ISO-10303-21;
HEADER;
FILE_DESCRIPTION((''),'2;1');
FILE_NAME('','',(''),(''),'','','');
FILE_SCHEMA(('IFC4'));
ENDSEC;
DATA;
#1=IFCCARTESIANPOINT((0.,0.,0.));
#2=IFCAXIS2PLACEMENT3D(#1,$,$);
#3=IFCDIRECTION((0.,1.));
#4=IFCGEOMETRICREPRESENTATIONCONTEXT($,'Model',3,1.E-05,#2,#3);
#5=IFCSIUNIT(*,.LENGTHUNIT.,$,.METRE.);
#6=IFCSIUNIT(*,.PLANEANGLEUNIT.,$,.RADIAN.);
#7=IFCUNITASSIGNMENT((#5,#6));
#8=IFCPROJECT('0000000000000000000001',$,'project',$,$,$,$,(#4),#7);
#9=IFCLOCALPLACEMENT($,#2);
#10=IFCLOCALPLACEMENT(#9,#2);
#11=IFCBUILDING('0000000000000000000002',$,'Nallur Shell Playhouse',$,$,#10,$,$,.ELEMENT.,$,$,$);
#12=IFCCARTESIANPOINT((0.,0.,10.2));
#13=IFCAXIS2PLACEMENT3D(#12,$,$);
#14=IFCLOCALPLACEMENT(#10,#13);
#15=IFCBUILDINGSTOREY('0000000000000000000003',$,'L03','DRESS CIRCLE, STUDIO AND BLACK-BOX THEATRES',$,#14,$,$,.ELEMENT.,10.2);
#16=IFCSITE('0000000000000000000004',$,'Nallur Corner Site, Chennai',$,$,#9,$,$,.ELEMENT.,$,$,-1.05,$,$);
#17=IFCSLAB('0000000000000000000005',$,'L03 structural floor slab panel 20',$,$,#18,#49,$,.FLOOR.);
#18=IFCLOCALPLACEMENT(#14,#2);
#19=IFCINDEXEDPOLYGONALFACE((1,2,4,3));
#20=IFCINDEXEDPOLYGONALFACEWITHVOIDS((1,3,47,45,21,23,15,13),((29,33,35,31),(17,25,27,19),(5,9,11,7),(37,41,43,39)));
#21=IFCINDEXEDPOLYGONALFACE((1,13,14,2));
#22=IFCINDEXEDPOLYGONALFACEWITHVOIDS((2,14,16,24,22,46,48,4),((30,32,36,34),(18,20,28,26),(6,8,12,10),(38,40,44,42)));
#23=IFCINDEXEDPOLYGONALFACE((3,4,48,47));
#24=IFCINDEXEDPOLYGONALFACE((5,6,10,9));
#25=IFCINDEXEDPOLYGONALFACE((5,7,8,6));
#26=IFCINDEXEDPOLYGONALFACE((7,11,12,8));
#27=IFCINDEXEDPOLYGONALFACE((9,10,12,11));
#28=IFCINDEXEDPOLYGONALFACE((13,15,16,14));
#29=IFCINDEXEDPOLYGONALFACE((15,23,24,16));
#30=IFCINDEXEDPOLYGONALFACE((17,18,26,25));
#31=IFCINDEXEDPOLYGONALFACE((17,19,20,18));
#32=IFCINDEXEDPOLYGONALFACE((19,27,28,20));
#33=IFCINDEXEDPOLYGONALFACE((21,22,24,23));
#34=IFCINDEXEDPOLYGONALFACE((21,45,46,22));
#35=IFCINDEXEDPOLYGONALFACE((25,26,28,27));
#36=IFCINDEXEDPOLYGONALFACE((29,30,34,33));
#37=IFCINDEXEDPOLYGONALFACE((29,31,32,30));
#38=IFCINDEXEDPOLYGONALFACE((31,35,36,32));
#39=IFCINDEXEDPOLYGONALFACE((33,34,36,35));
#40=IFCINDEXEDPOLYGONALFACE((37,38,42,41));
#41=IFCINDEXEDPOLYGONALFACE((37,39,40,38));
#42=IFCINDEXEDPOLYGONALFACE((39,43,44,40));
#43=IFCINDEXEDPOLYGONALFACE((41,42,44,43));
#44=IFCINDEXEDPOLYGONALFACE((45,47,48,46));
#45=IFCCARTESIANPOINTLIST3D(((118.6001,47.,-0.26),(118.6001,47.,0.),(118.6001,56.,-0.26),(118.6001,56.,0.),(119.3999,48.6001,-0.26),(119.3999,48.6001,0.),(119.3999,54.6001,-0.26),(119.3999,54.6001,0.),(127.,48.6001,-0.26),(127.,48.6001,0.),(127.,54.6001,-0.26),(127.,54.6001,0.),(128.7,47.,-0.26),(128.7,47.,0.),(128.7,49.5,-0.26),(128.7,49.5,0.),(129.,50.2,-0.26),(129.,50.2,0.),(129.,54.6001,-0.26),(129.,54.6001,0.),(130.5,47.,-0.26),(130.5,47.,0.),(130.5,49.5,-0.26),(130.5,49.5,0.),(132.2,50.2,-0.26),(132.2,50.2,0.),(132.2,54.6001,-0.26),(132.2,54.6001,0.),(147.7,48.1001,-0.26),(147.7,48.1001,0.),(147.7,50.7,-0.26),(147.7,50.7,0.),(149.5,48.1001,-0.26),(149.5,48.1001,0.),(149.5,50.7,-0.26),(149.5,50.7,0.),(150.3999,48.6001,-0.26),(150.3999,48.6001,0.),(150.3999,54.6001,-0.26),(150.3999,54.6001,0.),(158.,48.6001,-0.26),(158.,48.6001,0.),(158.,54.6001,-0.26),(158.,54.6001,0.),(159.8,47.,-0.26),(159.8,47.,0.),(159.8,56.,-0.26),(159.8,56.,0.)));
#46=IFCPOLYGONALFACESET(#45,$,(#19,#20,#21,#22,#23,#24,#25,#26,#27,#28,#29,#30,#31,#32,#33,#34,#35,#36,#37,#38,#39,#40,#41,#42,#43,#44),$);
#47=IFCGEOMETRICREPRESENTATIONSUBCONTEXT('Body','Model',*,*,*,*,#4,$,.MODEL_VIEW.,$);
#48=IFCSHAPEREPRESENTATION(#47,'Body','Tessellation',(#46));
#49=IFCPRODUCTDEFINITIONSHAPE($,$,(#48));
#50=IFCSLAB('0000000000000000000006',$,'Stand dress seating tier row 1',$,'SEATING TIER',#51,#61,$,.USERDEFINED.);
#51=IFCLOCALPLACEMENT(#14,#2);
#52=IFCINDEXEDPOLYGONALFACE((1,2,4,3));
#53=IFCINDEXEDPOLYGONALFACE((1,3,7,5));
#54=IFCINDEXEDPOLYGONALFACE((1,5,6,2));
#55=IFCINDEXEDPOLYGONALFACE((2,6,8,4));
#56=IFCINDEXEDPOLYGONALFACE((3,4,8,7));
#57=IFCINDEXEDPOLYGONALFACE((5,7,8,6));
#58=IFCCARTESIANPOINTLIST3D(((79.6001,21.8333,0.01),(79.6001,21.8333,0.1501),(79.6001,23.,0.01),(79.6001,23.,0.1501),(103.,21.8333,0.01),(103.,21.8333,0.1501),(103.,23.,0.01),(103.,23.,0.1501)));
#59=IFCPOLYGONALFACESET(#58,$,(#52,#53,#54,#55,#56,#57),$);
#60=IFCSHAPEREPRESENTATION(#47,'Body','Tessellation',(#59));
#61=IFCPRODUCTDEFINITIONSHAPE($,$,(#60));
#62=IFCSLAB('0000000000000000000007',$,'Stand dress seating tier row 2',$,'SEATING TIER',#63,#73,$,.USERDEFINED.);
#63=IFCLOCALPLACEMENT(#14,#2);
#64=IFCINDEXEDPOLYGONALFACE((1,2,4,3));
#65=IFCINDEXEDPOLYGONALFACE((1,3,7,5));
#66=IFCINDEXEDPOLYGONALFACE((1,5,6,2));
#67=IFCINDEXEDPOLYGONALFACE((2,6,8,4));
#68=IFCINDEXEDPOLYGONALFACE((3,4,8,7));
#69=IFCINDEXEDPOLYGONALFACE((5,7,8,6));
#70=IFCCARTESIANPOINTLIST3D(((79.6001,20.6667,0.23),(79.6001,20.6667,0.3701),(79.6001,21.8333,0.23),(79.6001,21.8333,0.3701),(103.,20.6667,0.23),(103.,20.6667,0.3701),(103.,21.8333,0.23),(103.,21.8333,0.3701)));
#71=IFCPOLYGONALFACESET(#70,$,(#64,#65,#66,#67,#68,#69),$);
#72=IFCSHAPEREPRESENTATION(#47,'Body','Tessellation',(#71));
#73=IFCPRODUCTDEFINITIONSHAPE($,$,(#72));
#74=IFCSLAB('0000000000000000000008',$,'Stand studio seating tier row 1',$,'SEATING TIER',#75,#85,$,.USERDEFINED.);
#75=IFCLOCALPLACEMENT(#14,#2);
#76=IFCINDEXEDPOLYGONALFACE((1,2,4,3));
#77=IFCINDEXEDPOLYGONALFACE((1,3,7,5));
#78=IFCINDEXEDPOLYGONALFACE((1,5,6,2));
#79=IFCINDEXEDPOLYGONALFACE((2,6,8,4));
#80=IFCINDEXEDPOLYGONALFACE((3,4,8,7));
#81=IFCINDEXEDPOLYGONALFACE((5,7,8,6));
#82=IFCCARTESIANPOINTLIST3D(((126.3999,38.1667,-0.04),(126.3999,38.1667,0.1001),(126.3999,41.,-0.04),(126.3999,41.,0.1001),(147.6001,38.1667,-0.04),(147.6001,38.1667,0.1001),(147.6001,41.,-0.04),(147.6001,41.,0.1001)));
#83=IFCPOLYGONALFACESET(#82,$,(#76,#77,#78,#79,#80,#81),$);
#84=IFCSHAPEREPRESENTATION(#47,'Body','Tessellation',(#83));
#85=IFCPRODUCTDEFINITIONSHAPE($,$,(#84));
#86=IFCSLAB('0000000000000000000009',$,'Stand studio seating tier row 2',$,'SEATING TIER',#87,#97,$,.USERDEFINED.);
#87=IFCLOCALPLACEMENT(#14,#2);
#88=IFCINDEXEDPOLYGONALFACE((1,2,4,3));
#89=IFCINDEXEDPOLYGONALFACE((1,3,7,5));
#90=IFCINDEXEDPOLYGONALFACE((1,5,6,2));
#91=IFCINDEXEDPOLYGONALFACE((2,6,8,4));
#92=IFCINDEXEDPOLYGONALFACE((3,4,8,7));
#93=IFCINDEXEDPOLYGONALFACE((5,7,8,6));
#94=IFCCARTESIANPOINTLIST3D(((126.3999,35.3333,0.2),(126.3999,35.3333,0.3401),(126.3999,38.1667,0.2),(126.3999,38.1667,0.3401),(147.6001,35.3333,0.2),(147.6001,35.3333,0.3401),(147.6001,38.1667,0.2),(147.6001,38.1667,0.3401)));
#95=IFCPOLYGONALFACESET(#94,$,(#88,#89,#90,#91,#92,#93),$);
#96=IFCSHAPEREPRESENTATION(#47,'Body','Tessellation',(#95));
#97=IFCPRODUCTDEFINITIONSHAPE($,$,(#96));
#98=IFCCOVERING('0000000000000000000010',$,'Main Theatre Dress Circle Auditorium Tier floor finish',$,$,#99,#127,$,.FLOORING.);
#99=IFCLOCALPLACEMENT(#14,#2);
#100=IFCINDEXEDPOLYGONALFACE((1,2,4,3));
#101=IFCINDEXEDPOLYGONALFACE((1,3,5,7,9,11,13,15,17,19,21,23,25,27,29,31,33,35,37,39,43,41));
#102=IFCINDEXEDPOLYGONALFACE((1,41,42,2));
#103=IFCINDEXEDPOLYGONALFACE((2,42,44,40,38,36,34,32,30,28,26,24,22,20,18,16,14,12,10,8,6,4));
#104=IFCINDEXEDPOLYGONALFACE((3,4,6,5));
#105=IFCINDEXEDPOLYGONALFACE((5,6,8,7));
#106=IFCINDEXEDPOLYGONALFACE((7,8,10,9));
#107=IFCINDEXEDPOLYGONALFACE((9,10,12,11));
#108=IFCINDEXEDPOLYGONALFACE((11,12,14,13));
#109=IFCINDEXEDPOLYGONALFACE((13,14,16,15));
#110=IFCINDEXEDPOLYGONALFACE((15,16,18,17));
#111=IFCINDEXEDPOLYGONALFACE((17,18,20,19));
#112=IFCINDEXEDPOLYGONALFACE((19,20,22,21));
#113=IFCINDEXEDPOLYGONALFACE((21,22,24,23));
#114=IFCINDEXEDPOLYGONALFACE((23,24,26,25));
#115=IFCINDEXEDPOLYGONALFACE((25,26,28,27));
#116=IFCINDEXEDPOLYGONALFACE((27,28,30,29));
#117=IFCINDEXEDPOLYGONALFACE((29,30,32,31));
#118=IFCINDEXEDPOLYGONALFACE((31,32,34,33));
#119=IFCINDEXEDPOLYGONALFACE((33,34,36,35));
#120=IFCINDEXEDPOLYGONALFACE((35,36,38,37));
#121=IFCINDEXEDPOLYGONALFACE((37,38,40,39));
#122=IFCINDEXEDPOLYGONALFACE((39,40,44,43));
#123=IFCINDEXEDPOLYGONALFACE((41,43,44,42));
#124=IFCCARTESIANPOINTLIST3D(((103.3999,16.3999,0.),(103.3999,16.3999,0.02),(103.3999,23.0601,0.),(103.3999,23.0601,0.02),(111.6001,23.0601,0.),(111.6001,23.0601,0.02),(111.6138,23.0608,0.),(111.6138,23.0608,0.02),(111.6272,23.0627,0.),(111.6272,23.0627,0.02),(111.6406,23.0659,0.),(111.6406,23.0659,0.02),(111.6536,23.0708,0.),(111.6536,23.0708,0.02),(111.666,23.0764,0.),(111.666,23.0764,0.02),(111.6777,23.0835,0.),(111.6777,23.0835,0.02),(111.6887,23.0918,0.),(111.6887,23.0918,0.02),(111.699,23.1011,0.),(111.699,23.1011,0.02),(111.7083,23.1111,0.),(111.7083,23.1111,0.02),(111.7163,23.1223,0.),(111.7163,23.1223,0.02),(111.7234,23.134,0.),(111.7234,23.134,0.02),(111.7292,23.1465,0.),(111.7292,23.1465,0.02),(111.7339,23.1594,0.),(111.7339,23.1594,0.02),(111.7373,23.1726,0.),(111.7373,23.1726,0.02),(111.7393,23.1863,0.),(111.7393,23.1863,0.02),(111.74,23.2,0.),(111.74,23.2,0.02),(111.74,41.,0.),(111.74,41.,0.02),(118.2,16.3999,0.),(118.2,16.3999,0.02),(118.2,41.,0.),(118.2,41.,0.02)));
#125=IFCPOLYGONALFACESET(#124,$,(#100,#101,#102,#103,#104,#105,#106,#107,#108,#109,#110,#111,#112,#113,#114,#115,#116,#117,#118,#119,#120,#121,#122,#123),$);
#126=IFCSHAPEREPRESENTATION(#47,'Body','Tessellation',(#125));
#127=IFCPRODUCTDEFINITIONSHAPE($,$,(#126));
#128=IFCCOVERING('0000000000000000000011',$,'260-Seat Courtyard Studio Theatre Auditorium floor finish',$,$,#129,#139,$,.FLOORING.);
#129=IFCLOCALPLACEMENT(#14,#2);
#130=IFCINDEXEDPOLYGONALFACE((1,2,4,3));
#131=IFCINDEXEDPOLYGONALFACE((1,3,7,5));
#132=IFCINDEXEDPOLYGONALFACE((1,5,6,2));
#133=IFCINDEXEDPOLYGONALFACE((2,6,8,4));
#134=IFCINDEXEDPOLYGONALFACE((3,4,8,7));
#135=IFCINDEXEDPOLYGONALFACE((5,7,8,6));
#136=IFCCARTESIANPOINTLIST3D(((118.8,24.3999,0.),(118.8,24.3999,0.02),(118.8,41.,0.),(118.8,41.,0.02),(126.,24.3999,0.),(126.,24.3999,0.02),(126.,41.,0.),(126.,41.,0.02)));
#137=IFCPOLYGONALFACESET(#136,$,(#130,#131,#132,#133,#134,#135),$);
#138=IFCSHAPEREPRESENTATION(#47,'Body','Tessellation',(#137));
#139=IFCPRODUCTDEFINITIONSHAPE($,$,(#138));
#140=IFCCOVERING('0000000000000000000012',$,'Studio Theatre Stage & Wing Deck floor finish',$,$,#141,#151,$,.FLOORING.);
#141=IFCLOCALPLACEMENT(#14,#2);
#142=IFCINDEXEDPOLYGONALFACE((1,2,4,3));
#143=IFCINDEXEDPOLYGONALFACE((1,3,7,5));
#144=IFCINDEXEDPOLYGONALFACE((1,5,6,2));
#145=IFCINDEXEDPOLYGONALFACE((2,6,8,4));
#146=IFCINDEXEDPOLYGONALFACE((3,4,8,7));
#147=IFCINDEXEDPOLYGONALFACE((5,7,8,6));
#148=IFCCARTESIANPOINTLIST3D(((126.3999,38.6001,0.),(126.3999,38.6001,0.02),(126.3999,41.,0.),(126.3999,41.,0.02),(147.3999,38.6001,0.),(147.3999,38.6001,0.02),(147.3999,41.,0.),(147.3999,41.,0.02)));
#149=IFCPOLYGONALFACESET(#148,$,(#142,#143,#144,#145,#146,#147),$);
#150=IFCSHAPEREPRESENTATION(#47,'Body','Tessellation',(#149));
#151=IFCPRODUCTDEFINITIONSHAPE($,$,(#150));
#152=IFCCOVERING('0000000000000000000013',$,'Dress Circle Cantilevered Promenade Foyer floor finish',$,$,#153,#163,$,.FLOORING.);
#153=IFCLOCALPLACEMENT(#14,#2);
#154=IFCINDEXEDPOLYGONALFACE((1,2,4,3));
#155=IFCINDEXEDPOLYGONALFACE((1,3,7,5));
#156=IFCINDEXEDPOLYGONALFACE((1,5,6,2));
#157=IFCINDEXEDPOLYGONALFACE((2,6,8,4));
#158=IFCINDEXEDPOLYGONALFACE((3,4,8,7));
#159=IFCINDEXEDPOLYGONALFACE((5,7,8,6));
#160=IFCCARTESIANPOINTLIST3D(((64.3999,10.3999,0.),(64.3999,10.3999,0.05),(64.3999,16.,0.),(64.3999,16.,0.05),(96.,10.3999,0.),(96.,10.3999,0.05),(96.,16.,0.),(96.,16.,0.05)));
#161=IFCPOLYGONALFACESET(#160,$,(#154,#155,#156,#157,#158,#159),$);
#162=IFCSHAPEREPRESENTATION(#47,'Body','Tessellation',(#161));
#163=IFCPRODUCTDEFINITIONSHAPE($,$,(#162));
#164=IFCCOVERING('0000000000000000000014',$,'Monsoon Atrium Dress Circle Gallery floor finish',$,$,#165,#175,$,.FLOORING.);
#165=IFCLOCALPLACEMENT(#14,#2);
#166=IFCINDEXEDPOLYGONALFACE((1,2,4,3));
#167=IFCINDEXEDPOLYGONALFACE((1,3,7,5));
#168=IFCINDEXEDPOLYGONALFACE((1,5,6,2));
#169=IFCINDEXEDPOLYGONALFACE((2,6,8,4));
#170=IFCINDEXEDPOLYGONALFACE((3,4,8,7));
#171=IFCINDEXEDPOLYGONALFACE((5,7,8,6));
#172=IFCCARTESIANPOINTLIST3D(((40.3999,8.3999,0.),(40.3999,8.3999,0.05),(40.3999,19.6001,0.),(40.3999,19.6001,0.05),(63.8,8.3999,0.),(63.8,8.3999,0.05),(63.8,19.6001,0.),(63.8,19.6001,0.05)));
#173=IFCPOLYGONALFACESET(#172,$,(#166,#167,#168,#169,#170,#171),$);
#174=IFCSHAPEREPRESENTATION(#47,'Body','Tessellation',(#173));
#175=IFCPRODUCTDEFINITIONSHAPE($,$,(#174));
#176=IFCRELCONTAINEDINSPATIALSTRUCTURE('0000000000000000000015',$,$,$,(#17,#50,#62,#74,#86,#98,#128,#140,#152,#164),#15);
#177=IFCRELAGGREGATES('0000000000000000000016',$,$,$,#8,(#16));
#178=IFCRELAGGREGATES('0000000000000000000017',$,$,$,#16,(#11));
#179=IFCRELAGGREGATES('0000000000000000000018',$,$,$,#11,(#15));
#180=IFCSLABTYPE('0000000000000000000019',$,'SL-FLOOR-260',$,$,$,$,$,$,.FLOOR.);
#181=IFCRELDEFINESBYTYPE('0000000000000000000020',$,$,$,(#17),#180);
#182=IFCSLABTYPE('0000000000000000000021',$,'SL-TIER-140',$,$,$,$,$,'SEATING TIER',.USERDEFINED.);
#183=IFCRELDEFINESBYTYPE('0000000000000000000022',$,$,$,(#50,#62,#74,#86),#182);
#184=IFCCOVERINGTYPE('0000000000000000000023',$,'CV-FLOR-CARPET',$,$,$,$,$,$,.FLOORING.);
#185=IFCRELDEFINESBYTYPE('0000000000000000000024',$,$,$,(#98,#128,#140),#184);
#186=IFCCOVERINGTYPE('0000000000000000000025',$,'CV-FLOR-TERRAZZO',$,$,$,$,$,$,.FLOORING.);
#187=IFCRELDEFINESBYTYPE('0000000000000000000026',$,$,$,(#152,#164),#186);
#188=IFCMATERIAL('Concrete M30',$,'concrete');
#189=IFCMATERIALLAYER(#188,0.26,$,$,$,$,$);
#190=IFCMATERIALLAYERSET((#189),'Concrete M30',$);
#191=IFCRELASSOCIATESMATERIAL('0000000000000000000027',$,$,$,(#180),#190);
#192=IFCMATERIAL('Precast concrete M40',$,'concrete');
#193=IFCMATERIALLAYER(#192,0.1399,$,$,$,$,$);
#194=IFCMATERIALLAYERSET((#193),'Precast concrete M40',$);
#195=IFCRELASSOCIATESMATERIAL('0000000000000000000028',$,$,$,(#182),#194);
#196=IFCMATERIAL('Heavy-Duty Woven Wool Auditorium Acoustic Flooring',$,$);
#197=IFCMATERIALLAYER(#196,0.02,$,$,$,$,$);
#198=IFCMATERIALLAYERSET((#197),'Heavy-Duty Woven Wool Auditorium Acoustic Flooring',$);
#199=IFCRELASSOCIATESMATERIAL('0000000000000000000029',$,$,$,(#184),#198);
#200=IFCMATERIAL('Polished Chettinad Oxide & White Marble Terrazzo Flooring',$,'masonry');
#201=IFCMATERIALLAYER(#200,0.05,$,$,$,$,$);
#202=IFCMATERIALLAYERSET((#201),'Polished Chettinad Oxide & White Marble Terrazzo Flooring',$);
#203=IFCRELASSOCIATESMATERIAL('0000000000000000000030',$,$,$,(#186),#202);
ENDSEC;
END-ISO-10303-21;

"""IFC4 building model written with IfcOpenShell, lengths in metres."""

from ifc_helpers import new_model, si_unit, direction, frame, origin, place, context, subcontext, project, spatial, polyline, outline, extrude, material, layer, layer_set, type_object, element, save


model = new_model("IFC4")

# Units and contexts
model_context = context("Model", 3, precision=1e-05, world=origin(), true_north=direction((0.0, 1.0)))
body_context = subcontext(model_context, "Body", "Model", "MODEL_VIEW")
ifc_project = project(units=[si_unit("LENGTHUNIT", "METRE"), si_unit("PLANEANGLEUNIT", "RADIAN")], contexts=[model_context])

# Site, building, storey
site_placement = place(None, origin())
site = spatial("IfcSite", under=ifc_project, at=site_placement, Name="Nallur Corner Site, Chennai", CompositionType="ELEMENT", RefElevation=-1.05)
building_placement = place(site_placement, origin())
building = spatial("IfcBuilding", under=site, at=building_placement, Name="Nallur Shell Playhouse", CompositionType="ELEMENT")
storey_placement = place(building_placement, frame((0.0, 0.0, 10.2)))
storey = spatial("IfcBuildingStorey", under=building, at=storey_placement, Name="L03", Description="DRESS CIRCLE, STUDIO AND BLACK-BOX THEATRES", CompositionType="ELEMENT", Elevation=10.2)

# Slabs
ifc_material_1 = material(Name="Concrete M30", Category="concrete")
ifc_layer_1 = layer(ifc_material_1, 0.26)
ifc_layer_set_1 = layer_set([ifc_layer_1], Name="Concrete M30")
slab_type_1 = type_object("IfcSlabType", Name="SL-FLOOR-260", PredefinedType="FLOOR", material=ifc_layer_set_1)
slab_1_placement = place(storey_placement, frame((0.0, 0.0, -0.26)))
element("IfcSlab", 1, at=slab_1_placement, inside=storey, type_object=slab_type_1, Name="L03 structural floor slab panel 20", PredefinedType="FLOOR", context=body_context, shape_type="SweptSolid", body=[
    extrude(outline(polyline([(118.6001, 56.0), (159.8, 56.0), (159.8, 47.0), (130.5, 47.0), (130.5, 49.5), (128.7, 49.5), (128.7, 47.0), (118.6001, 47.0), (118.6001, 56.0)]), holes=[polyline([(147.7, 50.7), (147.7, 48.1001), (149.5, 48.1001), (149.5, 50.7), (147.7, 50.7)]), polyline([(127.0, 48.6001), (127.0, 54.6001), (119.3999, 54.6001), (119.3999, 48.6001), (127.0, 48.6001)]), polyline([(158.0, 48.6001), (158.0, 54.6001), (150.3999, 54.6001), (150.3999, 48.6001), (158.0, 48.6001)]), polyline([(129.0, 54.6001), (129.0, 50.2), (132.2, 50.2), (132.2, 54.6001), (129.0, 54.6001)])]), origin(), (0.0, 0.0, 1.0), 0.26),
])
ifc_material_2 = material(Name="Precast concrete M40", Category="concrete")
ifc_layer_2 = layer(ifc_material_2, 0.1399)
ifc_layer_set_2 = layer_set([ifc_layer_2], Name="Precast concrete M40")
slab_type_2 = type_object("IfcSlabType", Name="SL-TIER-140", ElementType="SEATING TIER", PredefinedType="USERDEFINED", material=ifc_layer_set_2)
slab_2_placement = place(storey_placement, frame((0.0, 0.0, 0.01)))
element("IfcSlab", 2, at=slab_2_placement, inside=storey, type_object=slab_type_2, Name="Stand dress seating tier row 1", ObjectType="SEATING TIER", PredefinedType="USERDEFINED", context=body_context, shape_type="SweptSolid", body=[
    extrude(outline(polyline([(79.6001, 23.0), (103.0, 23.0), (103.0, 21.8333), (79.6001, 21.8333), (79.6001, 23.0)])), origin(), (0.0, 0.0, 1.0), 0.1401),
])
slab_3_placement = place(storey_placement, frame((0.0, 0.0, 0.23)))
element("IfcSlab", 3, at=slab_3_placement, inside=storey, type_object=slab_type_2, Name="Stand dress seating tier row 2", ObjectType="SEATING TIER", PredefinedType="USERDEFINED", context=body_context, shape_type="SweptSolid", body=[
    extrude(outline(polyline([(79.6001, 21.8333), (103.0, 21.8333), (103.0, 20.6667), (79.6001, 20.6667), (79.6001, 21.8333)])), origin(), (0.0, 0.0, 1.0), 0.1401),
])
slab_4_placement = place(storey_placement, frame((0.0, 0.0, -0.04)))
element("IfcSlab", 4, at=slab_4_placement, inside=storey, type_object=slab_type_2, Name="Stand studio seating tier row 1", ObjectType="SEATING TIER", PredefinedType="USERDEFINED", context=body_context, shape_type="SweptSolid", body=[
    extrude(outline(polyline([(126.3999, 41.0), (147.6001, 41.0), (147.6001, 38.1667), (126.3999, 38.1667), (126.3999, 41.0)])), origin(), (0.0, 0.0, 1.0), 0.1401),
])
slab_5_placement = place(storey_placement, frame((0.0, 0.0, 0.2)))
element("IfcSlab", 5, at=slab_5_placement, inside=storey, type_object=slab_type_2, Name="Stand studio seating tier row 2", ObjectType="SEATING TIER", PredefinedType="USERDEFINED", context=body_context, shape_type="SweptSolid", body=[
    extrude(outline(polyline([(126.3999, 38.1667), (147.6001, 38.1667), (147.6001, 35.3333), (126.3999, 35.3333), (126.3999, 38.1667)])), origin(), (0.0, 0.0, 1.0), 0.1401),
])

# Coverings
ifc_material_3 = material(Name="Heavy-Duty Woven Wool Auditorium Acoustic Flooring")
ifc_layer_3 = layer(ifc_material_3, 0.02)
ifc_layer_set_3 = layer_set([ifc_layer_3], Name="Heavy-Duty Woven Wool Auditorium Acoustic Flooring")
covering_type_1 = type_object("IfcCoveringType", Name="CV-FLOR-CARPET", PredefinedType="FLOORING", material=ifc_layer_set_3)
covering_1_placement = place(storey_placement, origin())
element("IfcCovering", 6, at=covering_1_placement, inside=storey, type_object=covering_type_1, Name="Main Theatre Dress Circle Auditorium Tier floor finish", PredefinedType="FLOORING", context=body_context, shape_type="SweptSolid", body=[
    extrude(outline(polyline([(111.6777, 23.0835), (111.6887, 23.0918), (111.699, 23.1011), (111.7083, 23.1111), (111.7163, 23.1223), (111.7234, 23.134), (111.7292, 23.1465), (111.7339, 23.1594), (111.7373, 23.1726), (111.7393, 23.1863), (111.74, 23.2), (111.74, 41.0), (118.2, 41.0), (118.2, 16.3999), (103.3999, 16.3999), (103.3999, 23.0601), (111.6001, 23.0601), (111.6138, 23.0608), (111.6272, 23.0627), (111.6406, 23.0659), (111.6536, 23.0708), (111.666, 23.0764), (111.6777, 23.0835)])), origin(), (0.0, 0.0, 1.0), 0.02),
])
covering_2_placement = place(storey_placement, origin())
element("IfcCovering", 7, at=covering_2_placement, inside=storey, type_object=covering_type_1, Name="260-Seat Courtyard Studio Theatre Auditorium floor finish", PredefinedType="FLOORING", context=body_context, shape_type="SweptSolid", body=[
    extrude(outline(polyline([(126.0, 41.0), (126.0, 24.3999), (118.8, 24.3999), (118.8, 41.0), (126.0, 41.0)])), origin(), (0.0, 0.0, 1.0), 0.02),
])
covering_3_placement = place(storey_placement, origin())
element("IfcCovering", 8, at=covering_3_placement, inside=storey, type_object=covering_type_1, Name="Studio Theatre Stage & Wing Deck floor finish", PredefinedType="FLOORING", context=body_context, shape_type="SweptSolid", body=[
    extrude(outline(polyline([(147.3999, 41.0), (147.3999, 38.6001), (126.3999, 38.6001), (126.3999, 41.0), (147.3999, 41.0)])), origin(), (0.0, 0.0, 1.0), 0.02),
])
ifc_material_4 = material(Name="Polished Chettinad Oxide & White Marble Terrazzo Flooring", Category="masonry")
ifc_layer_4 = layer(ifc_material_4, 0.05)
ifc_layer_set_4 = layer_set([ifc_layer_4], Name="Polished Chettinad Oxide & White Marble Terrazzo Flooring")
covering_type_2 = type_object("IfcCoveringType", Name="CV-FLOR-TERRAZZO", PredefinedType="FLOORING", material=ifc_layer_set_4)
covering_4_placement = place(storey_placement, origin())
element("IfcCovering", 9, at=covering_4_placement, inside=storey, type_object=covering_type_2, Name="Dress Circle Cantilevered Promenade Foyer floor finish", PredefinedType="FLOORING", context=body_context, shape_type="SweptSolid", body=[
    extrude(outline(polyline([(96.0, 16.0), (96.0, 10.3999), (64.3999, 10.3999), (64.3999, 16.0), (96.0, 16.0)])), origin(), (0.0, 0.0, 1.0), 0.05),
])
covering_5_placement = place(storey_placement, origin())
element("IfcCovering", 10, at=covering_5_placement, inside=storey, type_object=covering_type_2, Name="Monsoon Atrium Dress Circle Gallery floor finish", PredefinedType="FLOORING", context=body_context, shape_type="SweptSolid", body=[
    extrude(outline(polyline([(63.8, 19.6001), (63.8, 8.3999), (40.3999, 8.3999), (40.3999, 19.6001), (63.8, 19.6001)])), origin(), (0.0, 0.0, 1.0), 0.05),
])

save(model, "model.ifc")
